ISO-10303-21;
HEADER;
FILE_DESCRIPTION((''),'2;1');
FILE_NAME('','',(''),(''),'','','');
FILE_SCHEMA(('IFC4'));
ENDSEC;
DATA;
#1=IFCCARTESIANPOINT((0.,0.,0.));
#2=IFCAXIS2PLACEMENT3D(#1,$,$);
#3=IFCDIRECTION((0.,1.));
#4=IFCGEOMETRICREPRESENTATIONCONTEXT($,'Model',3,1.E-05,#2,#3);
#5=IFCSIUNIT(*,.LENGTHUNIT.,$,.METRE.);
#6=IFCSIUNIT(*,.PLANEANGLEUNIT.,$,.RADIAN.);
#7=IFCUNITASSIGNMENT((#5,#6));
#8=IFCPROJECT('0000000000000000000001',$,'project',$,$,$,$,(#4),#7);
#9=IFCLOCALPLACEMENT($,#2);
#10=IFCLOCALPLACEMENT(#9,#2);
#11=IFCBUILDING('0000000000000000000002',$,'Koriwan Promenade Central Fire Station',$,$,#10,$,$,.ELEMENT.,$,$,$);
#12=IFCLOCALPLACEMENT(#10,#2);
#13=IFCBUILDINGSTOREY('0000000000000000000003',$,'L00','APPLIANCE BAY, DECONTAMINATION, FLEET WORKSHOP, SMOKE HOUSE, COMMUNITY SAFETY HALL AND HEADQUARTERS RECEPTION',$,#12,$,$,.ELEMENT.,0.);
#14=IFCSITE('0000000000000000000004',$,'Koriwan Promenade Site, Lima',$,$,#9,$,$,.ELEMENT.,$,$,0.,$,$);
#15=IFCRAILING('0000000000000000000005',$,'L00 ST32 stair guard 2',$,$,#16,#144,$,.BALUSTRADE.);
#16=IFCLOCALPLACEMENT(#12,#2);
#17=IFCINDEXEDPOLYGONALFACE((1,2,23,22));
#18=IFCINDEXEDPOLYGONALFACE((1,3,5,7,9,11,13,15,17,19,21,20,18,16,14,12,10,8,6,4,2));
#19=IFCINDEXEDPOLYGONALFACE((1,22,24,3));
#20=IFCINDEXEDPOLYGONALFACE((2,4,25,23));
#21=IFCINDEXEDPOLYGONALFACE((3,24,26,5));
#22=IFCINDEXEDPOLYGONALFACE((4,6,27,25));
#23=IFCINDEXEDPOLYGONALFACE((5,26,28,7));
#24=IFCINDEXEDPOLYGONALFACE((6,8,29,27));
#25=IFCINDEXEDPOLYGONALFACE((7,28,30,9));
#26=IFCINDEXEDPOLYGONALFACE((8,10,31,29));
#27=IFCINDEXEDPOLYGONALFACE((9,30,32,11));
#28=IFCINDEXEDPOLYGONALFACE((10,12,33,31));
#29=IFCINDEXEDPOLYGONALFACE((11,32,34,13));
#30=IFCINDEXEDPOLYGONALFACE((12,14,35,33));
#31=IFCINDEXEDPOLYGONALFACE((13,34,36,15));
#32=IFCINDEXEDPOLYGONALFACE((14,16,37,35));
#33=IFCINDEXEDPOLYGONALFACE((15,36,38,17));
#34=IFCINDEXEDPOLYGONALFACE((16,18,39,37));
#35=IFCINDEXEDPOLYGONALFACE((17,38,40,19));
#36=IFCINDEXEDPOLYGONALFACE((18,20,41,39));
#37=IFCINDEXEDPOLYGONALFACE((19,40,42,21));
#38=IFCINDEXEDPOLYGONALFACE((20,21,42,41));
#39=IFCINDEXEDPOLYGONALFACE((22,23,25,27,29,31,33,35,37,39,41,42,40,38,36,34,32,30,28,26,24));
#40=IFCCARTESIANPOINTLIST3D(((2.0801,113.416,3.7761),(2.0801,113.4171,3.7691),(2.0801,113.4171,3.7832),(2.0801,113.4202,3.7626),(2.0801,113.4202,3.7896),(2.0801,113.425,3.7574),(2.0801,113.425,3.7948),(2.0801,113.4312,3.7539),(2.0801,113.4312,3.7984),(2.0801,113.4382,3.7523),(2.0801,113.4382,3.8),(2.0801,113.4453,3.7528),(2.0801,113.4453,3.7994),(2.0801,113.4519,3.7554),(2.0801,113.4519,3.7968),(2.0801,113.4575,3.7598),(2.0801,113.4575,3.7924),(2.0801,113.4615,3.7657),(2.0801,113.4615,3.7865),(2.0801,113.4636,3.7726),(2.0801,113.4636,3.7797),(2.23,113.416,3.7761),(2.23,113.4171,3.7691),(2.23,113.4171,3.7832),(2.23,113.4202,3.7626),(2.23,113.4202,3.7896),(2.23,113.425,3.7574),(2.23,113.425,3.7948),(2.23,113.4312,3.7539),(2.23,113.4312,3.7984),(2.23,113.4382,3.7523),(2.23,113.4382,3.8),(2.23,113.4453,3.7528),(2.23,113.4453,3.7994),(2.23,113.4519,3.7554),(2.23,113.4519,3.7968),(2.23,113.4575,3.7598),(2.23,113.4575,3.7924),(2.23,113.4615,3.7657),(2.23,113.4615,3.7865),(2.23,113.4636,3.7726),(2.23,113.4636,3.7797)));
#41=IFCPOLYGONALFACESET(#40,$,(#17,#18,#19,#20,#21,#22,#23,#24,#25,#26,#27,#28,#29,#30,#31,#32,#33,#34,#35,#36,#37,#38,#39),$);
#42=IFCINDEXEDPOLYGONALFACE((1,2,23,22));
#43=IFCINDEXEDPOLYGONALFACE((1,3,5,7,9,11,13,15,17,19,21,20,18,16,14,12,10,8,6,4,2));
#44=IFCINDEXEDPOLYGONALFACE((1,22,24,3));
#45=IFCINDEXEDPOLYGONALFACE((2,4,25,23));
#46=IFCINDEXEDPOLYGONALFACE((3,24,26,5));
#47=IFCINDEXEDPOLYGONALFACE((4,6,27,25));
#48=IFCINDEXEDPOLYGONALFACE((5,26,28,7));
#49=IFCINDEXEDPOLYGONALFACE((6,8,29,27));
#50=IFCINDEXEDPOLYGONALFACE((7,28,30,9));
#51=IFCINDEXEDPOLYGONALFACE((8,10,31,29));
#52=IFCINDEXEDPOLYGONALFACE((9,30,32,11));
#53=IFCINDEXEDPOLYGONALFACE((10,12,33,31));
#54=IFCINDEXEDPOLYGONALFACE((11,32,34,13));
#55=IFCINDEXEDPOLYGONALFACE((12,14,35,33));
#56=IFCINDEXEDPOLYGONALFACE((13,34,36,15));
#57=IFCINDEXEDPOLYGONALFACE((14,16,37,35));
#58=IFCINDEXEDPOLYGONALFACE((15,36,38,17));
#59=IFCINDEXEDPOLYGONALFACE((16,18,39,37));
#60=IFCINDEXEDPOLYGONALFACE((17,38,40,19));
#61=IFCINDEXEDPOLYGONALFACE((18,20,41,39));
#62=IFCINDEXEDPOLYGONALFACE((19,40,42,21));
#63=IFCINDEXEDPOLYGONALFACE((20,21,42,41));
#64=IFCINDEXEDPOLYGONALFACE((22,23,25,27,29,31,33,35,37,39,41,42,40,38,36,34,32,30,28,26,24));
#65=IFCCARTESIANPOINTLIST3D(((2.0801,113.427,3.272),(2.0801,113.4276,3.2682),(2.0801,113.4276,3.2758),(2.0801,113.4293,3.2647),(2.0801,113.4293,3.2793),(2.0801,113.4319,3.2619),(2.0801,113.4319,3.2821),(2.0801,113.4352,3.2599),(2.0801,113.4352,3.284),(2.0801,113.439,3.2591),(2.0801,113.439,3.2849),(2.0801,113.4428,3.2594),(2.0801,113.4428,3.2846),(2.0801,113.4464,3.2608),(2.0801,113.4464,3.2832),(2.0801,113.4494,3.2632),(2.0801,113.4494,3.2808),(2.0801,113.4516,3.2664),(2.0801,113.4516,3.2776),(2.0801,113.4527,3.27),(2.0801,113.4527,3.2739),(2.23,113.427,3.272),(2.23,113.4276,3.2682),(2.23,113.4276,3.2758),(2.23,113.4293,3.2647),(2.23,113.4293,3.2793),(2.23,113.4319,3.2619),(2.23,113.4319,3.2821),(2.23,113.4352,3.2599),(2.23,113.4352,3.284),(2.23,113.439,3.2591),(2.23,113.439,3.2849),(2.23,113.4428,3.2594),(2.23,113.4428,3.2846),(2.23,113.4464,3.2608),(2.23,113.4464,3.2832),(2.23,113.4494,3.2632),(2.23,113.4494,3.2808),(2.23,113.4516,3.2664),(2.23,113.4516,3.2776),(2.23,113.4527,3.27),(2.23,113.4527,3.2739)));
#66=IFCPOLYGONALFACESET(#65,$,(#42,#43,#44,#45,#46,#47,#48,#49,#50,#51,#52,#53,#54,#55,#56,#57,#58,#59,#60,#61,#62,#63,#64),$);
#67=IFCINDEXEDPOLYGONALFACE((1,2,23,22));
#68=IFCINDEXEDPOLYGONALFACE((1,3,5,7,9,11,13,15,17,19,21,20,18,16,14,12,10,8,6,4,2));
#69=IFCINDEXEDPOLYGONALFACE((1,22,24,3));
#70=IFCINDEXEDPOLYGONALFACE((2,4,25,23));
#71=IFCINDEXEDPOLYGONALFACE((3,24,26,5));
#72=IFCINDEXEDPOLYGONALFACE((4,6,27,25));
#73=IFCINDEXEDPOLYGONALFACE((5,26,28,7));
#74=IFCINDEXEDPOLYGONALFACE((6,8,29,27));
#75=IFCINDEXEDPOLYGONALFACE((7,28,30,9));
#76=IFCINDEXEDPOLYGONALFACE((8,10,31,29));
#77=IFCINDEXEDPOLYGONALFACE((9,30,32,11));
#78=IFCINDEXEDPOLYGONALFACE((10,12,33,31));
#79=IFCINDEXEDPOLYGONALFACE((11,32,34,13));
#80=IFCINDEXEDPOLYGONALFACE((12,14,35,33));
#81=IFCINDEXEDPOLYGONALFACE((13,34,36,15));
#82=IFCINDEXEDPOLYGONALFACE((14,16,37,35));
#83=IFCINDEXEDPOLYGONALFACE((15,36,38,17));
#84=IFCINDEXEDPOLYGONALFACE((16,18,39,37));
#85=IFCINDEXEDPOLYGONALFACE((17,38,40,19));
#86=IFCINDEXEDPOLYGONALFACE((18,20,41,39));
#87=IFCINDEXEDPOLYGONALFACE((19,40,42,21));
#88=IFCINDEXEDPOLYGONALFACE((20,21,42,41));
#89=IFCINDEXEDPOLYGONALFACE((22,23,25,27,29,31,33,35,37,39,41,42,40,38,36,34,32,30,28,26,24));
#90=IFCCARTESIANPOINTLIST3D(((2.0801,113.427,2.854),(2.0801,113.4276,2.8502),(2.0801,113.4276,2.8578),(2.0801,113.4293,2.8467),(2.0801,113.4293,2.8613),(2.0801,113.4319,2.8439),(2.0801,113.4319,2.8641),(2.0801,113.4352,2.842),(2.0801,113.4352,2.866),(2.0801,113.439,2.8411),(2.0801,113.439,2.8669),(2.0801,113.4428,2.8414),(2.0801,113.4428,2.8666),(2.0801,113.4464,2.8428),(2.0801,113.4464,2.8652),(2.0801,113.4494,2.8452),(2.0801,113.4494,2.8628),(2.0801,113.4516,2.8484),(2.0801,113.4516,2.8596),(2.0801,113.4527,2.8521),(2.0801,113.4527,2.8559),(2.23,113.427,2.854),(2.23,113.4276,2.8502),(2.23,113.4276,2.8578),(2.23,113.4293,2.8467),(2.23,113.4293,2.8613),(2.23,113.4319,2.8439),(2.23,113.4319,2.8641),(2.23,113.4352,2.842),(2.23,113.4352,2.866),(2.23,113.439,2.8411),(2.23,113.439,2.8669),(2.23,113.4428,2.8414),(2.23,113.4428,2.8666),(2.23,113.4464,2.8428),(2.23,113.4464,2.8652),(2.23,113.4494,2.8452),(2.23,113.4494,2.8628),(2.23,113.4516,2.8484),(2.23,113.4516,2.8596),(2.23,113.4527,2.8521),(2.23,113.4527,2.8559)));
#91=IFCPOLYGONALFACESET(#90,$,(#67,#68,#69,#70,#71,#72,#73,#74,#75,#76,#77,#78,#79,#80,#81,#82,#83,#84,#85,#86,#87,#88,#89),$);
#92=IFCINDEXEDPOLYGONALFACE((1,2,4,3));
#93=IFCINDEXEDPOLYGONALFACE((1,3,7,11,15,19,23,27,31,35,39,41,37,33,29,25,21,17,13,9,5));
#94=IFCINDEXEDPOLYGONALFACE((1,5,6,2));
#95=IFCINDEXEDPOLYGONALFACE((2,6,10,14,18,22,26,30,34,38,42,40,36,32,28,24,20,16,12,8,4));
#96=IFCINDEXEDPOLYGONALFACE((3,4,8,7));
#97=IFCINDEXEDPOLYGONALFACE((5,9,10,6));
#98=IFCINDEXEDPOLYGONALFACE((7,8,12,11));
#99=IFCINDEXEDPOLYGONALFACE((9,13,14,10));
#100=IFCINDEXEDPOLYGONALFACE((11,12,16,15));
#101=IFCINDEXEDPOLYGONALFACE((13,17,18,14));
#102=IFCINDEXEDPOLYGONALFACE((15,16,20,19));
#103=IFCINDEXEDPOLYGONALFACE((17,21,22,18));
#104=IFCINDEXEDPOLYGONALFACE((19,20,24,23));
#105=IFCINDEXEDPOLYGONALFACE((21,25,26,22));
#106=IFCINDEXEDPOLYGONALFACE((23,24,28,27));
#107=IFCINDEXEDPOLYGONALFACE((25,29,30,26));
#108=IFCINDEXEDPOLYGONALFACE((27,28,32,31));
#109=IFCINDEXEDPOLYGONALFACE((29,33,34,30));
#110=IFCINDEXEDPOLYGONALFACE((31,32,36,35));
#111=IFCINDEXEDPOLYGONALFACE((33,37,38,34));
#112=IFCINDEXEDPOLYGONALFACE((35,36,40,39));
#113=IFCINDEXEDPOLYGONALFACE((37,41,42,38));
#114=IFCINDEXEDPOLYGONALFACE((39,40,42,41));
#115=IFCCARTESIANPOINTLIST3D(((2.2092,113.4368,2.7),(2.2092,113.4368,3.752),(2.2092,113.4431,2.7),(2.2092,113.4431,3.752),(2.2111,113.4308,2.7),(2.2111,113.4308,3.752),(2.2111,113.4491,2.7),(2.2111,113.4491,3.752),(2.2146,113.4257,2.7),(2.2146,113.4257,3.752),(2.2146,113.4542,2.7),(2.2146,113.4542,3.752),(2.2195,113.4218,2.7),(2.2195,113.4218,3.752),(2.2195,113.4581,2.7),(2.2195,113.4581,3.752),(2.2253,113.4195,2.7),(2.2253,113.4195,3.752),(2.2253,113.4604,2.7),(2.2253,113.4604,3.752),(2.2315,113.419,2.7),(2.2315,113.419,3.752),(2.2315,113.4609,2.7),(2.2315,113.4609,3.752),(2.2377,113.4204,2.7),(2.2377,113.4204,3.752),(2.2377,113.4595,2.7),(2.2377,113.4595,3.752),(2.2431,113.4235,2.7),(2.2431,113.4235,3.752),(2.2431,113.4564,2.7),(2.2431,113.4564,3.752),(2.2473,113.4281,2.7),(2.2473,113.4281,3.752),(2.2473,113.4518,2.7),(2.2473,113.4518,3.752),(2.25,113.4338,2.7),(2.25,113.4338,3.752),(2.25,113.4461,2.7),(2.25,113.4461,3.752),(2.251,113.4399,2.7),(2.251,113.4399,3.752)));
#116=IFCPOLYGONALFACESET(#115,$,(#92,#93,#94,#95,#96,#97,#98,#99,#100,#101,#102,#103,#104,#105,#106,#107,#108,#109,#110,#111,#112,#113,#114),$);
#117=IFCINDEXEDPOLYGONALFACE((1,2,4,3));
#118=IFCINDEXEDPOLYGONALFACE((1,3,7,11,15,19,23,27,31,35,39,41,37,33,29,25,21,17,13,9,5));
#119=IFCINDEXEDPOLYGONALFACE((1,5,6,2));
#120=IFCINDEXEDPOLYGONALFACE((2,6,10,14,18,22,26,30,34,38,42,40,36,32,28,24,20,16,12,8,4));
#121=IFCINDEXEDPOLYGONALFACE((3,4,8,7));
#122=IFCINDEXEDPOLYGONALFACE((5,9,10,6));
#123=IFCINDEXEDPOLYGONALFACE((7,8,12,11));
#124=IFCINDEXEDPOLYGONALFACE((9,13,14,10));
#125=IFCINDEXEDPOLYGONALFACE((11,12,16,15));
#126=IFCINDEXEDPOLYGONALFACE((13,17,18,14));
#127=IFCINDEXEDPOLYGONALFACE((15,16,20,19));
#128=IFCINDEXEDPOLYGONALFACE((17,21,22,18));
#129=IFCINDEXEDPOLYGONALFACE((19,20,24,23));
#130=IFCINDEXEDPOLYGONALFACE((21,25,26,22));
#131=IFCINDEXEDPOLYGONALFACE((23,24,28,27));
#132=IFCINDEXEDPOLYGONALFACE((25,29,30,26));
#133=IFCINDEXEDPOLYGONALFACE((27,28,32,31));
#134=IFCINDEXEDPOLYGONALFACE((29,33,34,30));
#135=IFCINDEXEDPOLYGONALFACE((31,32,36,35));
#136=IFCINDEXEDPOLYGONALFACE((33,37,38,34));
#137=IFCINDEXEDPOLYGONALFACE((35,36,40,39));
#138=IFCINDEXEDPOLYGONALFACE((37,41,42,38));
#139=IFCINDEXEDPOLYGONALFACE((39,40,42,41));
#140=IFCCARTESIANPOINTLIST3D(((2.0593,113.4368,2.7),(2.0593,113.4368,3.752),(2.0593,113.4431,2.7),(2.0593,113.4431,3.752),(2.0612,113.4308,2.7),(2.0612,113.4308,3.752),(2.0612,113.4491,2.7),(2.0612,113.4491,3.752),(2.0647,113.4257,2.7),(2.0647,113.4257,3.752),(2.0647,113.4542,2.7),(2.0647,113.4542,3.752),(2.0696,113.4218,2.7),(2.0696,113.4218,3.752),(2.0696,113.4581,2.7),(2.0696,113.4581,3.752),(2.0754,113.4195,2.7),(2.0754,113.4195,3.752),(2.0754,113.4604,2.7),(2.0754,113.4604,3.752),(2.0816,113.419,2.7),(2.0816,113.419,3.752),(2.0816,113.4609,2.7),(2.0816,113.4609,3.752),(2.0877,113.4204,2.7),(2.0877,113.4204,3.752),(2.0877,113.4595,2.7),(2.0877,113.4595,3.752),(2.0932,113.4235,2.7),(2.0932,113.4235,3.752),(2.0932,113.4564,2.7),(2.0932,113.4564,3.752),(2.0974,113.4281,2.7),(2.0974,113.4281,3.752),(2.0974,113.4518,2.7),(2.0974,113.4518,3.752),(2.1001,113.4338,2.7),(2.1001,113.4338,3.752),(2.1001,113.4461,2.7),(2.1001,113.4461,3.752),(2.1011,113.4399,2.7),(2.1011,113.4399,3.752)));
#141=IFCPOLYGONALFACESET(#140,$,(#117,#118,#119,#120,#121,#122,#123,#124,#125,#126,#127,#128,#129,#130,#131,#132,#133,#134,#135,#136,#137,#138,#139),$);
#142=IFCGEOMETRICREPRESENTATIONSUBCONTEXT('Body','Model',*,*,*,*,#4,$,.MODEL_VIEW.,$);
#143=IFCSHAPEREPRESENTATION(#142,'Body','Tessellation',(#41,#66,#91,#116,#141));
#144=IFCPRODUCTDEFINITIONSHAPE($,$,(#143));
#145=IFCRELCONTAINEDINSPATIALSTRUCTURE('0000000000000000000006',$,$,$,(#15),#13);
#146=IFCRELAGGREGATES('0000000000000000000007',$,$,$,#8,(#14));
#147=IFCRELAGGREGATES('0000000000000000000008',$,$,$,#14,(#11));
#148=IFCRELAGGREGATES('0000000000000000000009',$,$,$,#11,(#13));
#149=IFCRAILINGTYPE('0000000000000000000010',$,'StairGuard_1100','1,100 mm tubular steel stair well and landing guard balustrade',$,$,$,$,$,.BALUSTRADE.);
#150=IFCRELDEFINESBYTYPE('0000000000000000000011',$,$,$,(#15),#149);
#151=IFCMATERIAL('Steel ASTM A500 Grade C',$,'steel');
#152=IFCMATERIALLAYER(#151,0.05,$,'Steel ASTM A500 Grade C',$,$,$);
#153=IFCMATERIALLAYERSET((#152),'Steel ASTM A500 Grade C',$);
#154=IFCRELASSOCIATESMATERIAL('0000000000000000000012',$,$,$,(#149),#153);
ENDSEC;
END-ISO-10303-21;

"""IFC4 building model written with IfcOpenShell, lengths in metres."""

from ifc_helpers import new_model, si_unit, direction, frame, origin, origin_2d, place, context, subcontext, project, spatial, circle, extrude, material, layer, layer_set, type_object, element, save


model = new_model("IFC4")

# Units and contexts
model_context = context("Model", 3, precision=1e-05, world=origin(), true_north=direction((0.0, 1.0)))
body_context = subcontext(model_context, "Body", "Model", "MODEL_VIEW")
ifc_project = project(units=[si_unit("LENGTHUNIT", "METRE"), si_unit("PLANEANGLEUNIT", "RADIAN")], contexts=[model_context])

# Site, building, storey
site_placement = place(None, origin())
site = spatial("IfcSite", under=ifc_project, at=site_placement, Name="Koriwan Promenade Site, Lima", CompositionType="ELEMENT", RefElevation=0.0)
building_placement = place(site_placement, origin())
building = spatial("IfcBuilding", under=site, at=building_placement, Name="Koriwan Promenade Central Fire Station", CompositionType="ELEMENT")
storey_placement = place(building_placement, origin())
storey = spatial("IfcBuildingStorey", under=building, at=storey_placement, Name="L00", Description="APPLIANCE BAY, DECONTAMINATION, FLEET WORKSHOP, SMOKE HOUSE, COMMUNITY SAFETY HALL AND HEADQUARTERS RECEPTION", CompositionType="ELEMENT", Elevation=0.0)

# Railing
ifc_material_1 = material(Name="Steel ASTM A500 Grade C", Category="steel")
ifc_layer_1 = layer(ifc_material_1, 0.05, Name="Steel ASTM A500 Grade C")
ifc_layer_set_1 = layer_set([ifc_layer_1], Name="Steel ASTM A500 Grade C")
railing_type_1 = type_object("IfcRailingType", Name="StairGuard_1100", Description="1,100 mm tubular steel stair well and landing guard balustrade", PredefinedType="BALUSTRADE", material=ifc_layer_set_1)
railing_1_placement = place(storey_placement, frame((2.23, 113.4399, 2.7)))
element("IfcRailing", 1, at=railing_1_placement, inside=storey, type_object=railing_type_1, Name="L00 ST32 stair guard 2", PredefinedType="BALUSTRADE", context=body_context, shape_type="SweptSolid", body=[
    extrude(circle(Radius=0.0239, at=origin_2d()), frame((0.0, 0.0, 1.0762), z_axis=(-1.0, 0.0, 0.0), x_axis=(0.0, -1.0, 0.0)), (0.0, 0.0, 1.0), 0.1499),
    extrude(circle(Radius=0.0129, at=origin_2d()), frame((0.0, 0.0, 0.572), z_axis=(-1.0, 0.0, 0.0), x_axis=(0.0, -1.0, 0.0)), (0.0, 0.0, 1.0), 0.1499),
    extrude(circle(Radius=0.0129, at=origin_2d()), frame((0.0, 0.0, 0.1541), z_axis=(-1.0, 0.0, 0.0), x_axis=(0.0, -1.0, 0.0)), (0.0, 0.0, 1.0), 0.1499),
    extrude(circle(Radius=0.021, at=origin_2d()), origin(), (0.0, 0.0, 1.0), 1.052),
    extrude(circle(Radius=0.021, at=origin_2d()), frame((-0.1499, 0.0, 0.0)), (0.0, 0.0, 1.0), 1.052),
])

save(model, "model.ifc")
